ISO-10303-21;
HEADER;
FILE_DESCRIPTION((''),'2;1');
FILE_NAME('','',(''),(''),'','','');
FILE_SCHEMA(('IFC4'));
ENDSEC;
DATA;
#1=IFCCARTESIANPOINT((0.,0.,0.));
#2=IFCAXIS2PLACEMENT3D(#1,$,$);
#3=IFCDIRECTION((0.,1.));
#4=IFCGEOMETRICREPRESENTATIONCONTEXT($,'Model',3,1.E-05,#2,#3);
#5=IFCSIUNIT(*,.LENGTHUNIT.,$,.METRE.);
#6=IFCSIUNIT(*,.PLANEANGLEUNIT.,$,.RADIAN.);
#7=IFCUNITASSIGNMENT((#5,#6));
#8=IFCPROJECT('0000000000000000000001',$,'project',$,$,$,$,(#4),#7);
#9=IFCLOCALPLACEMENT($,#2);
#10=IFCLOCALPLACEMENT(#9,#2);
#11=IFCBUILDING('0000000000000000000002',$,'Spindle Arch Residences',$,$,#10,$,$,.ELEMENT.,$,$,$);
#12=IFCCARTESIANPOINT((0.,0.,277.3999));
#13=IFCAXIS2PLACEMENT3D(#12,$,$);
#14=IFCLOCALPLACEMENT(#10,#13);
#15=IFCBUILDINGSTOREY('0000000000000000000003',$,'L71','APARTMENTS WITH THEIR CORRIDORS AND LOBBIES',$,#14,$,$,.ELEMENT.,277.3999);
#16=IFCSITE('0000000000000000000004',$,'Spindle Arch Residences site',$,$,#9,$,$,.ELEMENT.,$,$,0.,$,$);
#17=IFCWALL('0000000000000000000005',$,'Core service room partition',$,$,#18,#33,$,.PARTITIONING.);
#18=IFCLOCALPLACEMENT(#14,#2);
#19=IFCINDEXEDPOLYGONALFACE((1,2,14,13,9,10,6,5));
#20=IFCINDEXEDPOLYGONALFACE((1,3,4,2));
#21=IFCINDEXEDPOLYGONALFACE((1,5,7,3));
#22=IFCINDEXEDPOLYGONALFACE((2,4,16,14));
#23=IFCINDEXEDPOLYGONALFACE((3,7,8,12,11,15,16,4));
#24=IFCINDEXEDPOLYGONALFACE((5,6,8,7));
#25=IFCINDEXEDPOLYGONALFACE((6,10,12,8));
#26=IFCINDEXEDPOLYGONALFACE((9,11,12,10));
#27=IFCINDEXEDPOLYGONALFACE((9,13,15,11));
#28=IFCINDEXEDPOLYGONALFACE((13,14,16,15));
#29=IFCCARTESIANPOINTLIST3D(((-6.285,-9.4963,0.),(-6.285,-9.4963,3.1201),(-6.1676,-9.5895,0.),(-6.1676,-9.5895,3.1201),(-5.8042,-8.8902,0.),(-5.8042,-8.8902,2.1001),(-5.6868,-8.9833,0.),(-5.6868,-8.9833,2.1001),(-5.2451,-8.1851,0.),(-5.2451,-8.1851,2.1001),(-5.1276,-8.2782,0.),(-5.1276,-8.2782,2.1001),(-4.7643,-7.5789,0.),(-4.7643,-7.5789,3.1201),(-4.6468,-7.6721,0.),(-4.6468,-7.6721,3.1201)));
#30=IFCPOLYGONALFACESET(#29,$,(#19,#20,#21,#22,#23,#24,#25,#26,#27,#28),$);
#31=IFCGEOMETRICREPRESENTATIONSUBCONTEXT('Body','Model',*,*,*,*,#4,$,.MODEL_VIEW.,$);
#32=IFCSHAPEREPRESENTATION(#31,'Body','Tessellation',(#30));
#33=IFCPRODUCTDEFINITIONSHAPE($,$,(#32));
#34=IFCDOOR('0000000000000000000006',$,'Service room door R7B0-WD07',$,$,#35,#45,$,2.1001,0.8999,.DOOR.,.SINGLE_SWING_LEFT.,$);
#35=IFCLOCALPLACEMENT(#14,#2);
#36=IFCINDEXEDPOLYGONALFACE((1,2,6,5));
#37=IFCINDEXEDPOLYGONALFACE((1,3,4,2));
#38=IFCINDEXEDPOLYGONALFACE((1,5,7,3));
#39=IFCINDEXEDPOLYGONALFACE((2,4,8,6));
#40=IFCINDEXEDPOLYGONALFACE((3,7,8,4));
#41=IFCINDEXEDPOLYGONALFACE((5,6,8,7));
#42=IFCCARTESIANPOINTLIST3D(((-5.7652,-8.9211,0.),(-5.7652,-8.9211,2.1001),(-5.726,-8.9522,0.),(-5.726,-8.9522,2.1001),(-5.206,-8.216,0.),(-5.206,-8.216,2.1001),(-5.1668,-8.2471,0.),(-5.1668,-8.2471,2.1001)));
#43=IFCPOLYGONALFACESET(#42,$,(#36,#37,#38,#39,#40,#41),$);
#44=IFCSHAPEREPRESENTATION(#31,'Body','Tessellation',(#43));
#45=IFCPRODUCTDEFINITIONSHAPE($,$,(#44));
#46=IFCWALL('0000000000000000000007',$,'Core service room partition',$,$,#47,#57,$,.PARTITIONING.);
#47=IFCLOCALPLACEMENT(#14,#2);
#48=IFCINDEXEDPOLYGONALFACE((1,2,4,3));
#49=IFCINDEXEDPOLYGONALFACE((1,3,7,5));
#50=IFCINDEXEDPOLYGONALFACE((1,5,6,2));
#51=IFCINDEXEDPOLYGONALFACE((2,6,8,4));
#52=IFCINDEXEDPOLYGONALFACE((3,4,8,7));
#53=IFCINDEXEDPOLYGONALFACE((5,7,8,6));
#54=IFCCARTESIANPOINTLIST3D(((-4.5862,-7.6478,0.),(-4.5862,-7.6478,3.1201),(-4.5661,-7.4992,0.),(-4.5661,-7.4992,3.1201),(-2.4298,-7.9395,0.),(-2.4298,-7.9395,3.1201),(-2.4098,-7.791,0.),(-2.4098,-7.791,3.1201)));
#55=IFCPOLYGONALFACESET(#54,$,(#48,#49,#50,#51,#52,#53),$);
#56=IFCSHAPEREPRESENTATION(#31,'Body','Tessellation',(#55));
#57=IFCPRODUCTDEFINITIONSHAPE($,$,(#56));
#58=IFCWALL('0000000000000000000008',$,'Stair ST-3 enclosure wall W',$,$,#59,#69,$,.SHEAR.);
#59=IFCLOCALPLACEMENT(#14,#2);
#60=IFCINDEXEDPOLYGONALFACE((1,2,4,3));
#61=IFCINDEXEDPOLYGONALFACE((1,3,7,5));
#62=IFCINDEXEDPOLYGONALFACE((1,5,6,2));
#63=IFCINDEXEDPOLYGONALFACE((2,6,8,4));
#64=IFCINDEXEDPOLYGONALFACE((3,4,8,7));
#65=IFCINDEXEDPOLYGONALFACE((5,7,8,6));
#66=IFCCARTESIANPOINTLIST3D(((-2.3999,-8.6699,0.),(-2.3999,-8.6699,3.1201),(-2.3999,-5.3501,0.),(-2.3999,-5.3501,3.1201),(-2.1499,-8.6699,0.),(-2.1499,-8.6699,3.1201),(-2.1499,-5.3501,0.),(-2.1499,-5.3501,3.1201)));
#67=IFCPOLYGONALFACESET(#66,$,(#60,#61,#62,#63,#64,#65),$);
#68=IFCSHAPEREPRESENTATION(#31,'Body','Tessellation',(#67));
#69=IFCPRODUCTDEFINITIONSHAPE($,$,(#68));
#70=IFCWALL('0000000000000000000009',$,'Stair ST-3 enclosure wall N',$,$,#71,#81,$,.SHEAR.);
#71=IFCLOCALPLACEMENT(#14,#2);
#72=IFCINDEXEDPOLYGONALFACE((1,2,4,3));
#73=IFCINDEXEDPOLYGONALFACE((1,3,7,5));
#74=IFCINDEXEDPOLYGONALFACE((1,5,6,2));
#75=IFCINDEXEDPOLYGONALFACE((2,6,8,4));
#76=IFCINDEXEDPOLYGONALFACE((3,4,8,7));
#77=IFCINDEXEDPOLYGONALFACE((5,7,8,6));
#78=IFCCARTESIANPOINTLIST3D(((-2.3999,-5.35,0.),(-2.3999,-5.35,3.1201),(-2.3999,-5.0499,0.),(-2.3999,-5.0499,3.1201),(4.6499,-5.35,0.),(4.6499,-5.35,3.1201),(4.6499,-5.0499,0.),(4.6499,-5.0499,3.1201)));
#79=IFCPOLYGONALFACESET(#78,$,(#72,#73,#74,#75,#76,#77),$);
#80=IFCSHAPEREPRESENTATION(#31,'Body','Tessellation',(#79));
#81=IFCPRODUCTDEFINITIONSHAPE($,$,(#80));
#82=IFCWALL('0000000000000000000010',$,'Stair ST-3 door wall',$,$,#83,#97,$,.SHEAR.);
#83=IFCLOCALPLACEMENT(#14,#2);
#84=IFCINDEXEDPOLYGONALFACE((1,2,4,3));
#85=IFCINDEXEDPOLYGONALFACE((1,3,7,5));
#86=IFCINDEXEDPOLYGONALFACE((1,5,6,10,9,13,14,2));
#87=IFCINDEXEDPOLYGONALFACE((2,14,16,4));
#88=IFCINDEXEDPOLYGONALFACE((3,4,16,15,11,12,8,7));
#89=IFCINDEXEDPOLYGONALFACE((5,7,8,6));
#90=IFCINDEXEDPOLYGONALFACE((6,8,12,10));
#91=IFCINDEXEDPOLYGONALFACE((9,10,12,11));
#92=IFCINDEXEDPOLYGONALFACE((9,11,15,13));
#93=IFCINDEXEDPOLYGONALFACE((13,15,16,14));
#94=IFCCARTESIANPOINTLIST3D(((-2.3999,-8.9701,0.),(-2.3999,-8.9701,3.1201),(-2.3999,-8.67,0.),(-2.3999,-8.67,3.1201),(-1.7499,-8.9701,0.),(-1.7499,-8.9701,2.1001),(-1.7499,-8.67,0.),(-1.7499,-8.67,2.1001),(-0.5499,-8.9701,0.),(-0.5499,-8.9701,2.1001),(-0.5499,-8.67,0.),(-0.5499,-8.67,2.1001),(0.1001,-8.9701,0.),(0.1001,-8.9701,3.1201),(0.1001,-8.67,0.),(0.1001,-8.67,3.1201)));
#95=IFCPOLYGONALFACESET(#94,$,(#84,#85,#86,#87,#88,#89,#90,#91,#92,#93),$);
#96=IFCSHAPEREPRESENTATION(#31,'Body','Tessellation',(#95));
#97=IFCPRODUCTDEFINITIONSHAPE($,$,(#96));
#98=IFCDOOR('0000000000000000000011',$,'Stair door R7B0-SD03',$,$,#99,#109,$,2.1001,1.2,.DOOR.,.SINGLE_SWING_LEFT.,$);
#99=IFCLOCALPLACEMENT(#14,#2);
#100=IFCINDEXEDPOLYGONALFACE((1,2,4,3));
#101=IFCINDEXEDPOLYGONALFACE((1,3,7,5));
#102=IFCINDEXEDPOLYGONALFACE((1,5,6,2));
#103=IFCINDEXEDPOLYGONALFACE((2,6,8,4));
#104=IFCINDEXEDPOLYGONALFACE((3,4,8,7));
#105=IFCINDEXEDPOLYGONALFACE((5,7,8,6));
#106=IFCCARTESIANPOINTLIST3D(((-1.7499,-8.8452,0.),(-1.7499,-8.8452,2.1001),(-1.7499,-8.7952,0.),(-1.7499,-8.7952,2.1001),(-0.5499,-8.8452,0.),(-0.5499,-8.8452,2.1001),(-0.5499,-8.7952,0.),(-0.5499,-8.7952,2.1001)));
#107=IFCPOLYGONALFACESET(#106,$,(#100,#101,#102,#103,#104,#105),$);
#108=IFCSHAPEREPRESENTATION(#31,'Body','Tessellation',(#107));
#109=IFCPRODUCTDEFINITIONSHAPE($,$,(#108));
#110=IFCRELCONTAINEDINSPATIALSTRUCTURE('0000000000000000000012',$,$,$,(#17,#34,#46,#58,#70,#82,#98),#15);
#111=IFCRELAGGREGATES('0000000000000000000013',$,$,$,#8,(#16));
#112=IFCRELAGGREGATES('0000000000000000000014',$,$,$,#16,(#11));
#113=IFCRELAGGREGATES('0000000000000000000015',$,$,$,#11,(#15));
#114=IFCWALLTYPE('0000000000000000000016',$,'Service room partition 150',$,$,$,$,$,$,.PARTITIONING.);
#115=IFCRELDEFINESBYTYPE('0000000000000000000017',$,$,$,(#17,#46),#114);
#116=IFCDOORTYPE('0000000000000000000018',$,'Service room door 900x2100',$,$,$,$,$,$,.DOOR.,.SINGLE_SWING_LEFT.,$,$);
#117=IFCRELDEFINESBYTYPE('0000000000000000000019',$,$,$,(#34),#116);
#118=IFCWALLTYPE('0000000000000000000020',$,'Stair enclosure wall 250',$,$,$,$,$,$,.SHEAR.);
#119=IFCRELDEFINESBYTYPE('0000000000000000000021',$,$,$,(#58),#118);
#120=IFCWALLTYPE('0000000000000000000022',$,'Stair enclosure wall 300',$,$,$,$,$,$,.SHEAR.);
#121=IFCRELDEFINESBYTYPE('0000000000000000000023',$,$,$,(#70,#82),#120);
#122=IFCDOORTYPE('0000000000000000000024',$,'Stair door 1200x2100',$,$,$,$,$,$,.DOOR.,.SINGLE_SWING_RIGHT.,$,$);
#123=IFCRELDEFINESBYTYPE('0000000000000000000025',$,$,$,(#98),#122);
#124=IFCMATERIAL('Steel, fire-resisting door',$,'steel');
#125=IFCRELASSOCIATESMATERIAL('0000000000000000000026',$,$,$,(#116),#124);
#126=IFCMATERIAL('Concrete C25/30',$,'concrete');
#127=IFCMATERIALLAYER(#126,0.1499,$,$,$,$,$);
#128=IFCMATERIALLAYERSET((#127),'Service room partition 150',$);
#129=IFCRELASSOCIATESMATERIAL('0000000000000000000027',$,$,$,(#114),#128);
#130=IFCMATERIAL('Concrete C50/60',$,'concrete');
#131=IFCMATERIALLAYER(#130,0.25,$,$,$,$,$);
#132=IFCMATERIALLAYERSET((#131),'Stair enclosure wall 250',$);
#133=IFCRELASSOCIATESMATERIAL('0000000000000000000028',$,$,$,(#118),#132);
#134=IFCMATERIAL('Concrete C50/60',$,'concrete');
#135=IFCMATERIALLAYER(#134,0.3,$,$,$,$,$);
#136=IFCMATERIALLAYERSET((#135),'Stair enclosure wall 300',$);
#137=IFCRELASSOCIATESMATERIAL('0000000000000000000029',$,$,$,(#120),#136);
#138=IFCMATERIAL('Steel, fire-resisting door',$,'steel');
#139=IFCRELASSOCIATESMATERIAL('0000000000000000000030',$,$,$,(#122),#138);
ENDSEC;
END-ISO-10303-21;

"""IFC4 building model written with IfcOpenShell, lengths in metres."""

from ifc_helpers import new_model, si_unit, direction, frame, frame_2d, origin, place, context, subcontext, project, spatial, rectangle, extrude, material, layer, layer_set, type_object, element, fill, save


model = new_model("IFC4")

# Units and contexts
model_context = context("Model", 3, precision=1e-05, world=origin(), true_north=direction((0.0, 1.0)))
body_context = subcontext(model_context, "Body", "Model", "MODEL_VIEW")
ifc_project = project(units=[si_unit("LENGTHUNIT", "METRE"), si_unit("PLANEANGLEUNIT", "RADIAN")], contexts=[model_context])

# Site, building, storey
site_placement = place(None, origin())
site = spatial("IfcSite", under=ifc_project, at=site_placement, Name="Spindle Arch Residences site", CompositionType="ELEMENT", RefElevation=0.0)
building_placement = place(site_placement, origin())
building = spatial("IfcBuilding", under=site, at=building_placement, Name="Spindle Arch Residences", CompositionType="ELEMENT")
storey_placement = place(building_placement, frame((0.0, 0.0, 277.3999)))
storey = spatial("IfcBuildingStorey", under=building, at=storey_placement, Name="L71", Description="APARTMENTS WITH THEIR CORRIDORS AND LOBBIES", CompositionType="ELEMENT", Elevation=277.3999)

# Shared definitions
ifc_material_1 = material(Name="Steel, fire-resisting door", Category="steel")
door_type_1 = type_object("IfcDoorType", Name="Service room door 900x2100", OperationType="SINGLE_SWING_LEFT", PredefinedType="DOOR", material=ifc_material_1)

# Wall, opening, door
ifc_material_2 = material(Name="Concrete C25/30", Category="concrete")
ifc_layer_1 = layer(ifc_material_2, 0.1499)
ifc_layer_set_1 = layer_set([ifc_layer_1], Name="Service room partition 150")
wall_type_1 = type_object("IfcWallType", Name="Service room partition 150", PredefinedType="PARTITIONING", material=ifc_layer_set_1)
wall_1_placement = place(storey_placement, frame((-4.7056, -7.6255, 0.0), z_axis=(0.0, 0.0, 1.0), x_axis=(-0.621393, -0.783499, 0.0)))
wall_1 = element("IfcWall", 1, at=wall_1_placement, inside=storey, type_object=wall_type_1, Name="Core service room partition", PredefinedType="PARTITIONING", context=body_context, shape_type="SweptSolid", body=[
    extrude(rectangle(XDim=2.4473, YDim=0.1499, at=frame_2d((1.2236, 0.0))), origin(), (0.0, 0.0, 1.0), 3.1201),
])
opening_1_placement = place(wall_1_placement, frame((0.7737, 0.0, 0.0)))
opening_1 = element("IfcOpeningElement", 2, at=opening_1_placement, cuts=wall_1, PredefinedType="OPENING", context=body_context, shape_type="SweptSolid", body=[
    extrude(rectangle(XDim=0.8999, YDim=2.1001, at=frame_2d((0.45, 1.05))), frame((0.0, 0.085, 0.0), z_axis=(0.0, -1.0, 0.0), x_axis=(1.0, 0.0, 0.0)), (0.0, 0.0, 1.0), 0.1699),
])
door_1_placement = place(opening_1_placement, origin())
door_1 = element("IfcDoor", 3, at=door_1_placement, inside=storey, type_object=door_type_1, Name="Service room door R7B0-WD07", OperationType="SINGLE_SWING_LEFT", OverallHeight=2.1001, OverallWidth=0.8999, PredefinedType="DOOR", context=body_context, shape_type="SweptSolid", body=[
    extrude(rectangle(XDim=0.8999, YDim=2.1001, at=frame_2d((0.45, 1.05))), frame((0.0, 0.0249, 0.0), z_axis=(0.0, -1.0, 0.0), x_axis=(1.0, 0.0, 0.0)), (0.0, 0.0, 1.0), 0.05),
])
fill(opening_1, door_1)

# Walls
wall_2_placement = place(storey_placement, frame((-2.4199, -7.8652, 0.0), z_axis=(0.0, 0.0, 1.0), x_axis=(-0.990972, 0.134067, 0.0)))
element("IfcWall", 4, at=wall_2_placement, inside=storey, type_object=wall_type_1, Name="Core service room partition", PredefinedType="PARTITIONING", context=body_context, shape_type="SweptSolid", body=[
    extrude(rectangle(XDim=2.176, YDim=0.1499, at=frame_2d((1.0879, 0.0))), origin(), (0.0, 0.0, 1.0), 3.1201),
])
ifc_material_3 = material(Name="Concrete C50/60", Category="concrete")
ifc_layer_2 = layer(ifc_material_3, 0.25)
ifc_layer_set_2 = layer_set([ifc_layer_2], Name="Stair enclosure wall 250")
wall_type_2 = type_object("IfcWallType", Name="Stair enclosure wall 250", PredefinedType="SHEAR", material=ifc_layer_set_2)
wall_3_placement = place(storey_placement, frame((-2.2749, -8.6699, 0.0), z_axis=(0.0, 0.0, 1.0), x_axis=(0.0, 1.0, 0.0)))
element("IfcWall", 5, at=wall_3_placement, inside=storey, type_object=wall_type_2, Name="Stair ST-3 enclosure wall W", PredefinedType="SHEAR", context=body_context, shape_type="SweptSolid", body=[
    extrude(rectangle(XDim=3.3198, YDim=0.25, at=frame_2d((1.6599, 0.0))), origin(), (0.0, 0.0, 1.0), 3.1201),
])
ifc_material_4 = material(Name="Concrete C50/60", Category="concrete")
ifc_layer_3 = layer(ifc_material_4, 0.3)
ifc_layer_set_3 = layer_set([ifc_layer_3], Name="Stair enclosure wall 300")
wall_type_3 = type_object("IfcWallType", Name="Stair enclosure wall 300", PredefinedType="SHEAR", material=ifc_layer_set_3)
wall_4_placement = place(storey_placement, frame((-2.3999, -5.2, 0.0), z_axis=(0.0, 0.0, 1.0), x_axis=(1.0, 0.0, 0.0)))
element("IfcWall", 6, at=wall_4_placement, inside=storey, type_object=wall_type_3, Name="Stair ST-3 enclosure wall N", PredefinedType="SHEAR", context=body_context, shape_type="SweptSolid", body=[
    extrude(rectangle(XDim=7.0498, YDim=0.3, at=frame_2d((3.5249, 0.0))), origin(), (0.0, 0.0, 1.0), 3.1201),
])

# Wall, opening, door
wall_5_placement = place(storey_placement, frame((-2.3999, -8.8201, 0.0), z_axis=(0.0, 0.0, 1.0), x_axis=(1.0, 0.0, 0.0)))
wall_5 = element("IfcWall", 7, at=wall_5_placement, inside=storey, type_object=wall_type_3, Name="Stair ST-3 door wall", PredefinedType="SHEAR", context=body_context, shape_type="SweptSolid", body=[
    extrude(rectangle(XDim=2.5, YDim=0.3, at=frame_2d((1.25, 0.0))), origin(), (0.0, 0.0, 1.0), 3.1201),
])
opening_2_placement = place(wall_5_placement, frame((0.6499, 0.0, 0.0)))
opening_2 = element("IfcOpeningElement", 8, at=opening_2_placement, cuts=wall_5, PredefinedType="OPENING", context=body_context, shape_type="SweptSolid", body=[
    extrude(rectangle(XDim=1.2, YDim=2.1001, at=frame_2d((0.6001, 1.05))), frame((0.0, 0.1602, 0.0), z_axis=(0.0, -1.0, 0.0), x_axis=(1.0, 0.0, 0.0)), (0.0, 0.0, 1.0), 0.3201),
])
ifc_material_5 = material(Name="Steel, fire-resisting door", Category="steel")
door_type_2 = type_object("IfcDoorType", Name="Stair door 1200x2100", OperationType="SINGLE_SWING_RIGHT", PredefinedType="DOOR", material=ifc_material_5)
door_2_placement = place(opening_2_placement, origin())
door_2 = element("IfcDoor", 9, at=door_2_placement, inside=storey, type_object=door_type_2, Name="Stair door R7B0-SD03", OperationType="SINGLE_SWING_LEFT", OverallHeight=2.1001, OverallWidth=1.2, PredefinedType="DOOR", context=body_context, shape_type="SweptSolid", body=[
    extrude(rectangle(XDim=1.2, YDim=2.1001, at=frame_2d((0.6001, 1.05))), frame((0.0, 0.0249, 0.0), z_axis=(0.0, -1.0, 0.0), x_axis=(1.0, 0.0, 0.0)), (0.0, 0.0, 1.0), 0.05),
])
fill(opening_2, door_2)

save(model, "model.ifc")
